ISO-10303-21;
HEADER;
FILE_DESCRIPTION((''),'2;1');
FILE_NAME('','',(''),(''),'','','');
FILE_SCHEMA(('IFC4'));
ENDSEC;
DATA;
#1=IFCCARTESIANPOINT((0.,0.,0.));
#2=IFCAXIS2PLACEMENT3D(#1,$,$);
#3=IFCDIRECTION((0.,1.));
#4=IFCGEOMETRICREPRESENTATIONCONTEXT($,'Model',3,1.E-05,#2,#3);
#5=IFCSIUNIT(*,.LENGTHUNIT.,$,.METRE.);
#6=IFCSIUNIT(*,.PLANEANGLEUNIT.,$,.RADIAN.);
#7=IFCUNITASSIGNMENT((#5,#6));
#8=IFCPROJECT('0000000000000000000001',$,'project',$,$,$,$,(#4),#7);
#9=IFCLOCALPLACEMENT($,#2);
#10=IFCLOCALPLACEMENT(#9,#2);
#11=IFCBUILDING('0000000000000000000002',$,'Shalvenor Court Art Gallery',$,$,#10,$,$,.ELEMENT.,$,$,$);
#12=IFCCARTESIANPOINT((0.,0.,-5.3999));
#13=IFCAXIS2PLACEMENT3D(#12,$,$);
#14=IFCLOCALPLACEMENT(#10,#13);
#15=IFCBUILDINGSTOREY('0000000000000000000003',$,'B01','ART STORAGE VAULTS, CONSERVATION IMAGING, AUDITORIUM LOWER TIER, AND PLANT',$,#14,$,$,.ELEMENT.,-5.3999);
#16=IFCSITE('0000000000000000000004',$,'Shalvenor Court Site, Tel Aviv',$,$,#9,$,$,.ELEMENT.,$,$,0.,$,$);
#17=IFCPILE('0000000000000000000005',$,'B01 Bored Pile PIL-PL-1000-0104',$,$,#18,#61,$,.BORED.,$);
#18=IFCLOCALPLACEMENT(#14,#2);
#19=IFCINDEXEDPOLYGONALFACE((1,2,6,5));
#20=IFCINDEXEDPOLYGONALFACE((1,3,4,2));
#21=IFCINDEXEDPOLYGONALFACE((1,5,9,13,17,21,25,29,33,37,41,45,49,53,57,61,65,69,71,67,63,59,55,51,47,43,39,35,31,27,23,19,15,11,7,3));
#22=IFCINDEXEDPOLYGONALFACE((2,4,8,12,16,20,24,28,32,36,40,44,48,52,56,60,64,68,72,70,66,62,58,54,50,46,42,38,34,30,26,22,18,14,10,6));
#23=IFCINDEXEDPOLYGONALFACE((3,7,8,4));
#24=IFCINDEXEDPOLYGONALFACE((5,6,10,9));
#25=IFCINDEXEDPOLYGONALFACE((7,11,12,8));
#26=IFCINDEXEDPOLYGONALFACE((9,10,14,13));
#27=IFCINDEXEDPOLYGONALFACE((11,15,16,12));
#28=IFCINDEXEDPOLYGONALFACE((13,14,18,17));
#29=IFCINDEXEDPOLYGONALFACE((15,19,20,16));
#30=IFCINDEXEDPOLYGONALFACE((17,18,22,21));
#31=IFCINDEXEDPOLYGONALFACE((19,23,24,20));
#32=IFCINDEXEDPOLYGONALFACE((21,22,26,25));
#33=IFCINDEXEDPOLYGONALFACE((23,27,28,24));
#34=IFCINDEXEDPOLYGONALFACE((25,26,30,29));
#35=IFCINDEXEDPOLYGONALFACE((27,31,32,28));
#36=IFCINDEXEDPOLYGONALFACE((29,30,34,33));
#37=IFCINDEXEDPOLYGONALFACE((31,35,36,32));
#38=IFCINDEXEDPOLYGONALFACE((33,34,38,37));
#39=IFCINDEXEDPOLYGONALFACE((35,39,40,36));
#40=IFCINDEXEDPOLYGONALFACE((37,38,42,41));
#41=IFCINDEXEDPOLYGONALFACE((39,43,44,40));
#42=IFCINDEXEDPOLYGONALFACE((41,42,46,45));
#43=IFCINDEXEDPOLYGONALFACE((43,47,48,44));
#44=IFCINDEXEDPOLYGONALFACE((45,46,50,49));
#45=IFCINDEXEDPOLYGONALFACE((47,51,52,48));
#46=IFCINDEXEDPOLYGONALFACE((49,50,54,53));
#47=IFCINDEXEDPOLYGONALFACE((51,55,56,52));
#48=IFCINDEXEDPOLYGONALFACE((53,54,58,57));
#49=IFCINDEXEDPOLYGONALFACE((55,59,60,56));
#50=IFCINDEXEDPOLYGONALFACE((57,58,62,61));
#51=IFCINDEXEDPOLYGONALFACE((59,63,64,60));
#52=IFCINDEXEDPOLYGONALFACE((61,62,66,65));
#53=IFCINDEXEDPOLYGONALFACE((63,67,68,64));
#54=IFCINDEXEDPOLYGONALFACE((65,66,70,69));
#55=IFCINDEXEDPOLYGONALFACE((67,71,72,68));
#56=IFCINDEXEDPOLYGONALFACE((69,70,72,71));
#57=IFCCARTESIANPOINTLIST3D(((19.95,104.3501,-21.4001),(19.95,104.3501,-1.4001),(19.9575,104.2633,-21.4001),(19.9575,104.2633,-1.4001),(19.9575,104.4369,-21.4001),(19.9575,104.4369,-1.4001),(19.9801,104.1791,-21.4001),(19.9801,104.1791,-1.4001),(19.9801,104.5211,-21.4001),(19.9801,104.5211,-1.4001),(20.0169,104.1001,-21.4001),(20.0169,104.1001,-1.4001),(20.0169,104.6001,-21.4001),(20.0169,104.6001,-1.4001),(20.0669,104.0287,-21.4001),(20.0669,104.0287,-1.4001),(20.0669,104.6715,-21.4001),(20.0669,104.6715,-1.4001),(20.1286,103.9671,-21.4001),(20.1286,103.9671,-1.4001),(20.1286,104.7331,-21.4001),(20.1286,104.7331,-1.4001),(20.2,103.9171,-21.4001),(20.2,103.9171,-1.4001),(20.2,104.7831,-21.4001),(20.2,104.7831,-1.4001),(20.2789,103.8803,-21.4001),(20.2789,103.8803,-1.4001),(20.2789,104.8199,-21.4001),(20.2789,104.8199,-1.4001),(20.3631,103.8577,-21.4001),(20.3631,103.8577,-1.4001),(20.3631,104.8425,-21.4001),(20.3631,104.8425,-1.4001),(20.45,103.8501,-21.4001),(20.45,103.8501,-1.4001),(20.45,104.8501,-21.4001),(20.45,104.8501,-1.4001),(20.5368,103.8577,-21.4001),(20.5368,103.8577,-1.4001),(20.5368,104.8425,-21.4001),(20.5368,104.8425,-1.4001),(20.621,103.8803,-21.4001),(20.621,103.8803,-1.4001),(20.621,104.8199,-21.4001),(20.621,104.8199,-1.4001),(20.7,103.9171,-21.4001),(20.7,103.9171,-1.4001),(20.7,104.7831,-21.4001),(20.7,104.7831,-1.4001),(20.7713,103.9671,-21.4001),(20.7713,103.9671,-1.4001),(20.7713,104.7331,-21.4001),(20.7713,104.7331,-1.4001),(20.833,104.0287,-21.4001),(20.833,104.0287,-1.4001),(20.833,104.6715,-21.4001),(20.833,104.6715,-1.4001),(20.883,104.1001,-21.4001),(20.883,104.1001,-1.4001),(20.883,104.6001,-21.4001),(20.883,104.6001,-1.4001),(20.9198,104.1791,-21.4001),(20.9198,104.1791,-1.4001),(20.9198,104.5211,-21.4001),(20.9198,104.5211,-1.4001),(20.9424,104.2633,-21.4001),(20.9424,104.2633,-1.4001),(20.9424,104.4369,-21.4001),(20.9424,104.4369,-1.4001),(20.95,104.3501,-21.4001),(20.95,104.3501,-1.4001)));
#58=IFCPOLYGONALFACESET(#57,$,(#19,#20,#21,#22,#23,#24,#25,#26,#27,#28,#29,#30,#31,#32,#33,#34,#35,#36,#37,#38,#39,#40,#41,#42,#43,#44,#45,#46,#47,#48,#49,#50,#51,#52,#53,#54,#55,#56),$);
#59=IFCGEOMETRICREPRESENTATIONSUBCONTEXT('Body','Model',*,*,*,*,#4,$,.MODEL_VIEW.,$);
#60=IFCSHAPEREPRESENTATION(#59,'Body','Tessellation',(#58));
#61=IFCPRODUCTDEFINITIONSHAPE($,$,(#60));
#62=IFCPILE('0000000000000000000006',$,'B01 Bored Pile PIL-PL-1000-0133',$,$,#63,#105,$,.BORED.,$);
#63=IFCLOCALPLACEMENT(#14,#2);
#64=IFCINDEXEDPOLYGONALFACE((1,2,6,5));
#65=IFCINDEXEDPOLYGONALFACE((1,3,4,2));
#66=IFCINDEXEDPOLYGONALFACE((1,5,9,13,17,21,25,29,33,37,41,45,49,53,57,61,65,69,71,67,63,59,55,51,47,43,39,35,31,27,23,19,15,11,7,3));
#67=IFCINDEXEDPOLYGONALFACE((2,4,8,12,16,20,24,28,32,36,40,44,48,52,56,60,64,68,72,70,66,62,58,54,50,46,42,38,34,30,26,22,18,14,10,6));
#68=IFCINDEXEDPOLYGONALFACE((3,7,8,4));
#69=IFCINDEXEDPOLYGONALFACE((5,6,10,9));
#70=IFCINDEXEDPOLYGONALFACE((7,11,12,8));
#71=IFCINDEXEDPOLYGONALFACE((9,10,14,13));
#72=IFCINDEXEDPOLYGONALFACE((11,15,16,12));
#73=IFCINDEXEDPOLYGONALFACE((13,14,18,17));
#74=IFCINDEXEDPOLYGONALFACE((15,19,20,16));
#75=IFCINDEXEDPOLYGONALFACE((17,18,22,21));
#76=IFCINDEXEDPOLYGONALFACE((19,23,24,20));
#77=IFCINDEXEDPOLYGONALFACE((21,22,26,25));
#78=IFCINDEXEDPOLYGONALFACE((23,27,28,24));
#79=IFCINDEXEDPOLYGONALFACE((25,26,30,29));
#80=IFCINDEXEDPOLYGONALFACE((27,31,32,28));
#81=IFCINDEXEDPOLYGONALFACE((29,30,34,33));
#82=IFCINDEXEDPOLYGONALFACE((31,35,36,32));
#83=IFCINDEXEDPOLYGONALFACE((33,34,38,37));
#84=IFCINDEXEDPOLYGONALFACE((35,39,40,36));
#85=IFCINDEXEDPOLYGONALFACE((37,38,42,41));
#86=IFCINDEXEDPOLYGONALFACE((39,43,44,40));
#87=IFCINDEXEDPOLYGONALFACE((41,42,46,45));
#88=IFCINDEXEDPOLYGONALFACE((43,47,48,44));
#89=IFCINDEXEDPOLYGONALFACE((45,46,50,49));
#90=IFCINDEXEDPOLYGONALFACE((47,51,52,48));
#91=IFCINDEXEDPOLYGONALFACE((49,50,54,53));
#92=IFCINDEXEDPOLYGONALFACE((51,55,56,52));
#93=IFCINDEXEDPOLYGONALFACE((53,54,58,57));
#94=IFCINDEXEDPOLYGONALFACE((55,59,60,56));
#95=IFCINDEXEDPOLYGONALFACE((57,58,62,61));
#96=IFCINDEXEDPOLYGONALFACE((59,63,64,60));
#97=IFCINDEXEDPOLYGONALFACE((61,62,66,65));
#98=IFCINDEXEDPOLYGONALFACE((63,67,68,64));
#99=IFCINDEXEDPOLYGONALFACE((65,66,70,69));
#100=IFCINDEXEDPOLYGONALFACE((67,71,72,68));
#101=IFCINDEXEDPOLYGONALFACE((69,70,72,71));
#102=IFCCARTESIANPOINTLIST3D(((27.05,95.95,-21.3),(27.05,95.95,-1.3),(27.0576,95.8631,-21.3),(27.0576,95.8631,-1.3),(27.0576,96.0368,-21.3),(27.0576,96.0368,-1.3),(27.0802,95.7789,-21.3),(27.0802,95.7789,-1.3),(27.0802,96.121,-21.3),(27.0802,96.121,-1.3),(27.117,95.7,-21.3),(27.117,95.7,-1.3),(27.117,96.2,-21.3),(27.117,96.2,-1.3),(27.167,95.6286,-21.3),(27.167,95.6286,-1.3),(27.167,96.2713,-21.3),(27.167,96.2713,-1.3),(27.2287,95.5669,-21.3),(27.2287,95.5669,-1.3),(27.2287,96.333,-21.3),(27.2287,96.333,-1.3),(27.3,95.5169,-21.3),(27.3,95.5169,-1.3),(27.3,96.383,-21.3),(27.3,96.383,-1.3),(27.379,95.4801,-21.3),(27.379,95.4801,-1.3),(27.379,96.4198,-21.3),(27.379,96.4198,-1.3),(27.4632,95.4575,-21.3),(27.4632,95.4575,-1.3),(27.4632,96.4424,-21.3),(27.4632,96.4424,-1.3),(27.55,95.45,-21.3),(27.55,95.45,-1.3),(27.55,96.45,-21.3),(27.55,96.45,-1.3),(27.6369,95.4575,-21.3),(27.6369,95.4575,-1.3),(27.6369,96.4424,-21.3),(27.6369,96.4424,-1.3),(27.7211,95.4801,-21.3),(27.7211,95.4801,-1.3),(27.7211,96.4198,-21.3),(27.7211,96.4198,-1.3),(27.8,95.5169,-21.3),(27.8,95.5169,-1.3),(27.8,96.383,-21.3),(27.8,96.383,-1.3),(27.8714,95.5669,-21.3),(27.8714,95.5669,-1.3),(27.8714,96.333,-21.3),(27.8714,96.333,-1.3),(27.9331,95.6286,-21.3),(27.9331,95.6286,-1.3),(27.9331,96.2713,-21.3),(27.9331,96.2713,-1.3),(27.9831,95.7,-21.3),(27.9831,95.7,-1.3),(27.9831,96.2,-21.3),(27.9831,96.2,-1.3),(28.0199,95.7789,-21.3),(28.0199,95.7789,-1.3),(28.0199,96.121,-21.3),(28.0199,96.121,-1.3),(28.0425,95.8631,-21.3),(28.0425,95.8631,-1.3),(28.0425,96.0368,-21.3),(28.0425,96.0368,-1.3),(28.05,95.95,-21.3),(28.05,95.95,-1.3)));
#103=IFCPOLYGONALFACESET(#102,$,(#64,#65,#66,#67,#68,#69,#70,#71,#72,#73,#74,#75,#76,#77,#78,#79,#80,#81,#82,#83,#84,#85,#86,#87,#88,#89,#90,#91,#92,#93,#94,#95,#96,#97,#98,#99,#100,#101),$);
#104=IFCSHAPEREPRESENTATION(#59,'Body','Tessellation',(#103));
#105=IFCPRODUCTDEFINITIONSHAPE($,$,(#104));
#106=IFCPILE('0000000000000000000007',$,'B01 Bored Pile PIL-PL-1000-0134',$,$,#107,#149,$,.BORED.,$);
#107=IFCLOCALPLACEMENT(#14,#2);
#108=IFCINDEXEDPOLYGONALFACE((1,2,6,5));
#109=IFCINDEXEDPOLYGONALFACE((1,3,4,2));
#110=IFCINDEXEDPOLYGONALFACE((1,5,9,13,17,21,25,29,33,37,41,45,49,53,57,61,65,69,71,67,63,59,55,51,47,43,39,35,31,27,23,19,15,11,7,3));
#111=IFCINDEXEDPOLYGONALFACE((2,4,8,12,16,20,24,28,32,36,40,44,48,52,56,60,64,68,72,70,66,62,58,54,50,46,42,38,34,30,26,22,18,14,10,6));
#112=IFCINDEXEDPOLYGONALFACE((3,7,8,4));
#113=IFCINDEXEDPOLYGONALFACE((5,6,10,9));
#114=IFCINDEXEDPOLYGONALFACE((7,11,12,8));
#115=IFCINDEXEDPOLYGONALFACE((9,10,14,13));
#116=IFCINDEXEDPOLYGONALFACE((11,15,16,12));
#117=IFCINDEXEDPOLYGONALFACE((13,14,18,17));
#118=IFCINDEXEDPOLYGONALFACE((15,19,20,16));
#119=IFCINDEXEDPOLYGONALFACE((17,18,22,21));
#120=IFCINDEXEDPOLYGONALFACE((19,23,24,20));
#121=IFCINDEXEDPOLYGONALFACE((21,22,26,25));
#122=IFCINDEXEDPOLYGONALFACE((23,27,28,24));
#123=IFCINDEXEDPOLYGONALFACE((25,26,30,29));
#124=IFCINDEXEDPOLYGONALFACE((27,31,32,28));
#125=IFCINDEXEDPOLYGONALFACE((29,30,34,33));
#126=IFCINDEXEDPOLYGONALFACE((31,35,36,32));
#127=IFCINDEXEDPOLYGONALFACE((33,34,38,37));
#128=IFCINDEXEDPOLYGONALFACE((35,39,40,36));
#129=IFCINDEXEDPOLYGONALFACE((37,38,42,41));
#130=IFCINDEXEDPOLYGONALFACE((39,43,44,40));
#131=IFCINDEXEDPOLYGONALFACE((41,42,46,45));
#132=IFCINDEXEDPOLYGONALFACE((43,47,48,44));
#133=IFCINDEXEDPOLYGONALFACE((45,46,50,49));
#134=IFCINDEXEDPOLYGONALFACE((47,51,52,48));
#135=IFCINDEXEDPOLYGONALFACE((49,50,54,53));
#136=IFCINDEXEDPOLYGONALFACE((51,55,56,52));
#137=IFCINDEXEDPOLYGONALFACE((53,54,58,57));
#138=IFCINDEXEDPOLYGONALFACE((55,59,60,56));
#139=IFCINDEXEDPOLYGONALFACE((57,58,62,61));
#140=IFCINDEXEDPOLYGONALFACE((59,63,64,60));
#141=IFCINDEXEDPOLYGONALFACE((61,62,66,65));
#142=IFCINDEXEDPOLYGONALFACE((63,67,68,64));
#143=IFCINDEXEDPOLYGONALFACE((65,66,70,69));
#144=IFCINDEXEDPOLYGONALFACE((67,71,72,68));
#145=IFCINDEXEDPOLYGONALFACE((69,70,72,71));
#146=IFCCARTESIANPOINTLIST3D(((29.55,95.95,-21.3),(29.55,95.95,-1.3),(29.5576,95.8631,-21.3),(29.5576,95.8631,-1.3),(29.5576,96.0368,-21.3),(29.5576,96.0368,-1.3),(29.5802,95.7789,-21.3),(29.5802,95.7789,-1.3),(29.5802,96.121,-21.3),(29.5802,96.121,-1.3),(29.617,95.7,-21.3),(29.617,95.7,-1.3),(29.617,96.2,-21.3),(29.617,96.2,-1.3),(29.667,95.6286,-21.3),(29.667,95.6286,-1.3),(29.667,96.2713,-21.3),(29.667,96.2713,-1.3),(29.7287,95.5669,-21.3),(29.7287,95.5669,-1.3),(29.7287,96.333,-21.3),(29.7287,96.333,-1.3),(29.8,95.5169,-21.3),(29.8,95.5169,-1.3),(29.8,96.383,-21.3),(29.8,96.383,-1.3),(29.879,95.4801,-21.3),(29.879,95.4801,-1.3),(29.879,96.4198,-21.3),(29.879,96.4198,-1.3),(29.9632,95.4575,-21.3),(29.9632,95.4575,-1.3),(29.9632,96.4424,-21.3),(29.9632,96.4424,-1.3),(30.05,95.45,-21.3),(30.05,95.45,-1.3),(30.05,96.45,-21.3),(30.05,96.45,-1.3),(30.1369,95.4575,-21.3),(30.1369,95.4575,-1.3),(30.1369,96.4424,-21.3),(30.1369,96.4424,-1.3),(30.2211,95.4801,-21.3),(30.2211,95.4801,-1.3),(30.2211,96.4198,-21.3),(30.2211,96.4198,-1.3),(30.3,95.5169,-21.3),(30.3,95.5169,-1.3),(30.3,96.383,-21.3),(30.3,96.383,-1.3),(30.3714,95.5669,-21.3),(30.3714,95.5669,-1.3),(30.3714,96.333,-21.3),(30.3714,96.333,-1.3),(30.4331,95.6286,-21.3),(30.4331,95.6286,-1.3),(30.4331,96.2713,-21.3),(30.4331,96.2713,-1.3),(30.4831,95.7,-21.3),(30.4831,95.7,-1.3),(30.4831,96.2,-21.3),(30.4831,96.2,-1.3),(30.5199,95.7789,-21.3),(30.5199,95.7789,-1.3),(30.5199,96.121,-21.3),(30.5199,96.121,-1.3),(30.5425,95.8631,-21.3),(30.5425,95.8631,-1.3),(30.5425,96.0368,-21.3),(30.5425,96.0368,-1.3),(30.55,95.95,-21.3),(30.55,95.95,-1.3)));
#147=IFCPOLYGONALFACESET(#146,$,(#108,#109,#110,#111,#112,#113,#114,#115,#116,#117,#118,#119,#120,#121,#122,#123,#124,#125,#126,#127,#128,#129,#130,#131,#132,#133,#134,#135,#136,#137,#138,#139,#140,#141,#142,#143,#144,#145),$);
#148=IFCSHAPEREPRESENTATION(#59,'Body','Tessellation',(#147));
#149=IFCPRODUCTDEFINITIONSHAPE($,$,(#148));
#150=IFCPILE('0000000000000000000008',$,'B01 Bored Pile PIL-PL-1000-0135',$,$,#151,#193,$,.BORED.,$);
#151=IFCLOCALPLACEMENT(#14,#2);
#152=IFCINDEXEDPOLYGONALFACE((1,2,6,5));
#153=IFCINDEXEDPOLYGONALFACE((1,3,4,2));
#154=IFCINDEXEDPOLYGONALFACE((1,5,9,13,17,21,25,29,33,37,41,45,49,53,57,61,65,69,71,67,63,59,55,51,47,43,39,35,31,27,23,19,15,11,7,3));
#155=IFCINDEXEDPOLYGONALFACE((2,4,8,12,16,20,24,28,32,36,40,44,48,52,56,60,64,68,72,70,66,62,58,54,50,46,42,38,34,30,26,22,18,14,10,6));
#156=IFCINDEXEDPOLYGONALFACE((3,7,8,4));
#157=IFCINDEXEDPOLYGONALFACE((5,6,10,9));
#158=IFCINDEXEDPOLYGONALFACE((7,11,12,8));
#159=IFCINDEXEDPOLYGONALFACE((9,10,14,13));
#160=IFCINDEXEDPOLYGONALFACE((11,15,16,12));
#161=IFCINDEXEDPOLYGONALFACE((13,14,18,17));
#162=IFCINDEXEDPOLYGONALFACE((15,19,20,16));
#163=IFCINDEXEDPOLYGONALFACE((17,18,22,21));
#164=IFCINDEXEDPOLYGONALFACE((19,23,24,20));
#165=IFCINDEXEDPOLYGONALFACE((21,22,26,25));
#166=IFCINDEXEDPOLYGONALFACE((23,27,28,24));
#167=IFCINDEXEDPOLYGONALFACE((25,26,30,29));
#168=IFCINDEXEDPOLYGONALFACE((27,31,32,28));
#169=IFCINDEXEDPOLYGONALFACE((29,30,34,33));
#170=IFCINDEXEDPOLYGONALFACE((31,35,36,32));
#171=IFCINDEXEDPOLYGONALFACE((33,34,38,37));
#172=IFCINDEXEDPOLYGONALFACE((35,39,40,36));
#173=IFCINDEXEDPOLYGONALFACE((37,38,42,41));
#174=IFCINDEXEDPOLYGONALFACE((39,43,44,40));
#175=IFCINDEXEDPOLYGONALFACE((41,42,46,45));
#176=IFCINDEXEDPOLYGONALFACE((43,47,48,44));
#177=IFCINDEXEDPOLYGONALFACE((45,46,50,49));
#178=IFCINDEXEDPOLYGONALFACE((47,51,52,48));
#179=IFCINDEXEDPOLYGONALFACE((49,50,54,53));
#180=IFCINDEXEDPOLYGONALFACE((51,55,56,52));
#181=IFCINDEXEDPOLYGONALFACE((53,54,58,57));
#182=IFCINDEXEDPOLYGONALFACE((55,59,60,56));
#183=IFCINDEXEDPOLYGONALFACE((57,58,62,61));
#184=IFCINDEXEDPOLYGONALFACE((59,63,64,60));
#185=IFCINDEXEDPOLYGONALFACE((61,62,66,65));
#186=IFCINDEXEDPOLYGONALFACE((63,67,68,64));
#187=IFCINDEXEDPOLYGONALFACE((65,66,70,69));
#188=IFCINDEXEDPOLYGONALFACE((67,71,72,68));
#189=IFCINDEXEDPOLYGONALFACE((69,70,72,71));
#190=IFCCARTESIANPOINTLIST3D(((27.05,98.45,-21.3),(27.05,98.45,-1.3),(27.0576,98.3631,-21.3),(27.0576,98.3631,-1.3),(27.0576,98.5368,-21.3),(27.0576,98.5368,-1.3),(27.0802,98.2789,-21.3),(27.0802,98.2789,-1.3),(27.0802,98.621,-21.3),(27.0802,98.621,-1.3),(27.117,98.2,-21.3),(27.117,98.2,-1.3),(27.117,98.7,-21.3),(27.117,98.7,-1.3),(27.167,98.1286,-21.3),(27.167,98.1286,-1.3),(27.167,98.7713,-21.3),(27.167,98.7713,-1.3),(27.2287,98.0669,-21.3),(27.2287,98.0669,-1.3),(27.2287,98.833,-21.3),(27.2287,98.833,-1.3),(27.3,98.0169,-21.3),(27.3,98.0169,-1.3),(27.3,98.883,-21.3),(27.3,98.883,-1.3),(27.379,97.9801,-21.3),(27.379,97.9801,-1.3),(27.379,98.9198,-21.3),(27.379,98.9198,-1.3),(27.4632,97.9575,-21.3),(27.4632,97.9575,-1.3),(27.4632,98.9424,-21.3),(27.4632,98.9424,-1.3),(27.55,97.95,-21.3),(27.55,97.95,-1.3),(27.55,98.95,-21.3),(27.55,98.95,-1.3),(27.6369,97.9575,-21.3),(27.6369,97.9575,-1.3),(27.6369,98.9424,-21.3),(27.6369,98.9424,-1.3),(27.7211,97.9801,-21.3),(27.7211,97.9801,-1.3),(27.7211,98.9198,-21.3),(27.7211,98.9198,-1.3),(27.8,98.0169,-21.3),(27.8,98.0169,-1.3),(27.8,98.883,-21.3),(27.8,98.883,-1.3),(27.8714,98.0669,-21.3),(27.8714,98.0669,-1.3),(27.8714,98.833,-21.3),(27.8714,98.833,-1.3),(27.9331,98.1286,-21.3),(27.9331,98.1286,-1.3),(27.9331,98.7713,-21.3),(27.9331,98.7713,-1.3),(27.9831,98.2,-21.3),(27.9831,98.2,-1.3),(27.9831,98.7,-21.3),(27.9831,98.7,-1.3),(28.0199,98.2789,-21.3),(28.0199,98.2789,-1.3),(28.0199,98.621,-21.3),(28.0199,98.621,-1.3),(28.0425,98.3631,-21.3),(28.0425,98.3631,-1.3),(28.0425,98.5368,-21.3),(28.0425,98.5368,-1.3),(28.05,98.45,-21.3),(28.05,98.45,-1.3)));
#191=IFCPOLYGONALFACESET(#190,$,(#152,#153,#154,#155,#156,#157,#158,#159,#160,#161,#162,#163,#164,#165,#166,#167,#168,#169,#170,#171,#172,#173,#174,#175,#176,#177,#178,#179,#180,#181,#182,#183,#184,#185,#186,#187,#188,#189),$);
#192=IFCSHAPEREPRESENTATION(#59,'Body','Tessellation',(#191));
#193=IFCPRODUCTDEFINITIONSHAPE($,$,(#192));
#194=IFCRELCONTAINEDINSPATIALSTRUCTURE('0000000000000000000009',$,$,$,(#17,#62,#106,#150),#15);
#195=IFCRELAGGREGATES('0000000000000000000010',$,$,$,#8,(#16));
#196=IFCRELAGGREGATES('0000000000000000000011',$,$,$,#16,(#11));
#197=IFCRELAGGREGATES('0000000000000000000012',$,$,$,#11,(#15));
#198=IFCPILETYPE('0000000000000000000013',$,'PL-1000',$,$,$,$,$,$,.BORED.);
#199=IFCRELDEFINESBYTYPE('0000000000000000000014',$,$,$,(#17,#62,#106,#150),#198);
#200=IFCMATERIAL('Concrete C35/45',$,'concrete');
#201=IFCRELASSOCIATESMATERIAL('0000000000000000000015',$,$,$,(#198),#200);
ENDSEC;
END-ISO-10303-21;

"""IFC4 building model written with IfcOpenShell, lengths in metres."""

from ifc_helpers import new_model, si_unit, direction, frame, origin, origin_2d, place, context, subcontext, project, spatial, circle, extrude, material, material_profile, profile_set, type_object, element, save


model = new_model("IFC4")

# Units and contexts
model_context = context("Model", 3, precision=1e-05, world=origin(), true_north=direction((0.0, 1.0)))
body_context = subcontext(model_context, "Body", "Model", "MODEL_VIEW")
ifc_project = project(units=[si_unit("LENGTHUNIT", "METRE"), si_unit("PLANEANGLEUNIT", "RADIAN")], contexts=[model_context])

# Site, building, storey
site_placement = place(None, origin())
site = spatial("IfcSite", under=ifc_project, at=site_placement, Name="Shalvenor Court Site, Tel Aviv", CompositionType="ELEMENT", RefElevation=0.0)
building_placement = place(site_placement, origin())
building = spatial("IfcBuilding", under=site, at=building_placement, Name="Shalvenor Court Art Gallery", CompositionType="ELEMENT")
storey_placement = place(building_placement, frame((0.0, 0.0, -5.3999)))
storey = spatial("IfcBuildingStorey", under=building, at=storey_placement, Name="B01", Description="ART STORAGE VAULTS, CONSERVATION IMAGING, AUDITORIUM LOWER TIER, AND PLANT", CompositionType="ELEMENT", Elevation=-5.3999)

# Piles
ifc_material_1 = material(Name="Concrete C35/45", Category="concrete")
ifc_material_profile_1 = material_profile(ifc_material_1, circle(Radius=0.5, at=origin_2d()), Name="PILE 1000")
ifc_profile_set_1 = profile_set([ifc_material_profile_1], Name="Concrete C35/45")
pile_type_1 = type_object("IfcPileType", Name="PL-1000", PredefinedType="BORED", material=ifc_profile_set_1)
for number, where, z_axis, x_axis, name in (
    (1, (20.45, 104.3501, -1.4001), (0.0, 0.0, -1.0), (1.0, 0.0, 0.0), "B01 Bored Pile PIL-PL-1000-0104"),
    (2, (27.55, 95.95, -1.3), (0.0, 0.0, -1.0), (1.0, 0.0, 0.0), "B01 Bored Pile PIL-PL-1000-0133"),
    (3, (30.05, 95.95, -1.3), (0.0, 0.0, -1.0), (1.0, 0.0, 0.0), "B01 Bored Pile PIL-PL-1000-0134"),
    (4, (27.55, 98.45, -1.3), (0.0, 0.0, -1.0), (1.0, 0.0, 0.0), "B01 Bored Pile PIL-PL-1000-0135"),
):
    element("IfcPile", number, at=place(storey_placement, frame(where, z_axis=z_axis, x_axis=x_axis)), inside=storey, type_object=pile_type_1, Name=name, PredefinedType="BORED", context=body_context, shape_type="SweptSolid", body=[
        extrude(circle(Radius=0.5, at=origin_2d()), origin(), (0.0, 0.0, 1.0), 20.0),
    ])

save(model, "model.ifc")
